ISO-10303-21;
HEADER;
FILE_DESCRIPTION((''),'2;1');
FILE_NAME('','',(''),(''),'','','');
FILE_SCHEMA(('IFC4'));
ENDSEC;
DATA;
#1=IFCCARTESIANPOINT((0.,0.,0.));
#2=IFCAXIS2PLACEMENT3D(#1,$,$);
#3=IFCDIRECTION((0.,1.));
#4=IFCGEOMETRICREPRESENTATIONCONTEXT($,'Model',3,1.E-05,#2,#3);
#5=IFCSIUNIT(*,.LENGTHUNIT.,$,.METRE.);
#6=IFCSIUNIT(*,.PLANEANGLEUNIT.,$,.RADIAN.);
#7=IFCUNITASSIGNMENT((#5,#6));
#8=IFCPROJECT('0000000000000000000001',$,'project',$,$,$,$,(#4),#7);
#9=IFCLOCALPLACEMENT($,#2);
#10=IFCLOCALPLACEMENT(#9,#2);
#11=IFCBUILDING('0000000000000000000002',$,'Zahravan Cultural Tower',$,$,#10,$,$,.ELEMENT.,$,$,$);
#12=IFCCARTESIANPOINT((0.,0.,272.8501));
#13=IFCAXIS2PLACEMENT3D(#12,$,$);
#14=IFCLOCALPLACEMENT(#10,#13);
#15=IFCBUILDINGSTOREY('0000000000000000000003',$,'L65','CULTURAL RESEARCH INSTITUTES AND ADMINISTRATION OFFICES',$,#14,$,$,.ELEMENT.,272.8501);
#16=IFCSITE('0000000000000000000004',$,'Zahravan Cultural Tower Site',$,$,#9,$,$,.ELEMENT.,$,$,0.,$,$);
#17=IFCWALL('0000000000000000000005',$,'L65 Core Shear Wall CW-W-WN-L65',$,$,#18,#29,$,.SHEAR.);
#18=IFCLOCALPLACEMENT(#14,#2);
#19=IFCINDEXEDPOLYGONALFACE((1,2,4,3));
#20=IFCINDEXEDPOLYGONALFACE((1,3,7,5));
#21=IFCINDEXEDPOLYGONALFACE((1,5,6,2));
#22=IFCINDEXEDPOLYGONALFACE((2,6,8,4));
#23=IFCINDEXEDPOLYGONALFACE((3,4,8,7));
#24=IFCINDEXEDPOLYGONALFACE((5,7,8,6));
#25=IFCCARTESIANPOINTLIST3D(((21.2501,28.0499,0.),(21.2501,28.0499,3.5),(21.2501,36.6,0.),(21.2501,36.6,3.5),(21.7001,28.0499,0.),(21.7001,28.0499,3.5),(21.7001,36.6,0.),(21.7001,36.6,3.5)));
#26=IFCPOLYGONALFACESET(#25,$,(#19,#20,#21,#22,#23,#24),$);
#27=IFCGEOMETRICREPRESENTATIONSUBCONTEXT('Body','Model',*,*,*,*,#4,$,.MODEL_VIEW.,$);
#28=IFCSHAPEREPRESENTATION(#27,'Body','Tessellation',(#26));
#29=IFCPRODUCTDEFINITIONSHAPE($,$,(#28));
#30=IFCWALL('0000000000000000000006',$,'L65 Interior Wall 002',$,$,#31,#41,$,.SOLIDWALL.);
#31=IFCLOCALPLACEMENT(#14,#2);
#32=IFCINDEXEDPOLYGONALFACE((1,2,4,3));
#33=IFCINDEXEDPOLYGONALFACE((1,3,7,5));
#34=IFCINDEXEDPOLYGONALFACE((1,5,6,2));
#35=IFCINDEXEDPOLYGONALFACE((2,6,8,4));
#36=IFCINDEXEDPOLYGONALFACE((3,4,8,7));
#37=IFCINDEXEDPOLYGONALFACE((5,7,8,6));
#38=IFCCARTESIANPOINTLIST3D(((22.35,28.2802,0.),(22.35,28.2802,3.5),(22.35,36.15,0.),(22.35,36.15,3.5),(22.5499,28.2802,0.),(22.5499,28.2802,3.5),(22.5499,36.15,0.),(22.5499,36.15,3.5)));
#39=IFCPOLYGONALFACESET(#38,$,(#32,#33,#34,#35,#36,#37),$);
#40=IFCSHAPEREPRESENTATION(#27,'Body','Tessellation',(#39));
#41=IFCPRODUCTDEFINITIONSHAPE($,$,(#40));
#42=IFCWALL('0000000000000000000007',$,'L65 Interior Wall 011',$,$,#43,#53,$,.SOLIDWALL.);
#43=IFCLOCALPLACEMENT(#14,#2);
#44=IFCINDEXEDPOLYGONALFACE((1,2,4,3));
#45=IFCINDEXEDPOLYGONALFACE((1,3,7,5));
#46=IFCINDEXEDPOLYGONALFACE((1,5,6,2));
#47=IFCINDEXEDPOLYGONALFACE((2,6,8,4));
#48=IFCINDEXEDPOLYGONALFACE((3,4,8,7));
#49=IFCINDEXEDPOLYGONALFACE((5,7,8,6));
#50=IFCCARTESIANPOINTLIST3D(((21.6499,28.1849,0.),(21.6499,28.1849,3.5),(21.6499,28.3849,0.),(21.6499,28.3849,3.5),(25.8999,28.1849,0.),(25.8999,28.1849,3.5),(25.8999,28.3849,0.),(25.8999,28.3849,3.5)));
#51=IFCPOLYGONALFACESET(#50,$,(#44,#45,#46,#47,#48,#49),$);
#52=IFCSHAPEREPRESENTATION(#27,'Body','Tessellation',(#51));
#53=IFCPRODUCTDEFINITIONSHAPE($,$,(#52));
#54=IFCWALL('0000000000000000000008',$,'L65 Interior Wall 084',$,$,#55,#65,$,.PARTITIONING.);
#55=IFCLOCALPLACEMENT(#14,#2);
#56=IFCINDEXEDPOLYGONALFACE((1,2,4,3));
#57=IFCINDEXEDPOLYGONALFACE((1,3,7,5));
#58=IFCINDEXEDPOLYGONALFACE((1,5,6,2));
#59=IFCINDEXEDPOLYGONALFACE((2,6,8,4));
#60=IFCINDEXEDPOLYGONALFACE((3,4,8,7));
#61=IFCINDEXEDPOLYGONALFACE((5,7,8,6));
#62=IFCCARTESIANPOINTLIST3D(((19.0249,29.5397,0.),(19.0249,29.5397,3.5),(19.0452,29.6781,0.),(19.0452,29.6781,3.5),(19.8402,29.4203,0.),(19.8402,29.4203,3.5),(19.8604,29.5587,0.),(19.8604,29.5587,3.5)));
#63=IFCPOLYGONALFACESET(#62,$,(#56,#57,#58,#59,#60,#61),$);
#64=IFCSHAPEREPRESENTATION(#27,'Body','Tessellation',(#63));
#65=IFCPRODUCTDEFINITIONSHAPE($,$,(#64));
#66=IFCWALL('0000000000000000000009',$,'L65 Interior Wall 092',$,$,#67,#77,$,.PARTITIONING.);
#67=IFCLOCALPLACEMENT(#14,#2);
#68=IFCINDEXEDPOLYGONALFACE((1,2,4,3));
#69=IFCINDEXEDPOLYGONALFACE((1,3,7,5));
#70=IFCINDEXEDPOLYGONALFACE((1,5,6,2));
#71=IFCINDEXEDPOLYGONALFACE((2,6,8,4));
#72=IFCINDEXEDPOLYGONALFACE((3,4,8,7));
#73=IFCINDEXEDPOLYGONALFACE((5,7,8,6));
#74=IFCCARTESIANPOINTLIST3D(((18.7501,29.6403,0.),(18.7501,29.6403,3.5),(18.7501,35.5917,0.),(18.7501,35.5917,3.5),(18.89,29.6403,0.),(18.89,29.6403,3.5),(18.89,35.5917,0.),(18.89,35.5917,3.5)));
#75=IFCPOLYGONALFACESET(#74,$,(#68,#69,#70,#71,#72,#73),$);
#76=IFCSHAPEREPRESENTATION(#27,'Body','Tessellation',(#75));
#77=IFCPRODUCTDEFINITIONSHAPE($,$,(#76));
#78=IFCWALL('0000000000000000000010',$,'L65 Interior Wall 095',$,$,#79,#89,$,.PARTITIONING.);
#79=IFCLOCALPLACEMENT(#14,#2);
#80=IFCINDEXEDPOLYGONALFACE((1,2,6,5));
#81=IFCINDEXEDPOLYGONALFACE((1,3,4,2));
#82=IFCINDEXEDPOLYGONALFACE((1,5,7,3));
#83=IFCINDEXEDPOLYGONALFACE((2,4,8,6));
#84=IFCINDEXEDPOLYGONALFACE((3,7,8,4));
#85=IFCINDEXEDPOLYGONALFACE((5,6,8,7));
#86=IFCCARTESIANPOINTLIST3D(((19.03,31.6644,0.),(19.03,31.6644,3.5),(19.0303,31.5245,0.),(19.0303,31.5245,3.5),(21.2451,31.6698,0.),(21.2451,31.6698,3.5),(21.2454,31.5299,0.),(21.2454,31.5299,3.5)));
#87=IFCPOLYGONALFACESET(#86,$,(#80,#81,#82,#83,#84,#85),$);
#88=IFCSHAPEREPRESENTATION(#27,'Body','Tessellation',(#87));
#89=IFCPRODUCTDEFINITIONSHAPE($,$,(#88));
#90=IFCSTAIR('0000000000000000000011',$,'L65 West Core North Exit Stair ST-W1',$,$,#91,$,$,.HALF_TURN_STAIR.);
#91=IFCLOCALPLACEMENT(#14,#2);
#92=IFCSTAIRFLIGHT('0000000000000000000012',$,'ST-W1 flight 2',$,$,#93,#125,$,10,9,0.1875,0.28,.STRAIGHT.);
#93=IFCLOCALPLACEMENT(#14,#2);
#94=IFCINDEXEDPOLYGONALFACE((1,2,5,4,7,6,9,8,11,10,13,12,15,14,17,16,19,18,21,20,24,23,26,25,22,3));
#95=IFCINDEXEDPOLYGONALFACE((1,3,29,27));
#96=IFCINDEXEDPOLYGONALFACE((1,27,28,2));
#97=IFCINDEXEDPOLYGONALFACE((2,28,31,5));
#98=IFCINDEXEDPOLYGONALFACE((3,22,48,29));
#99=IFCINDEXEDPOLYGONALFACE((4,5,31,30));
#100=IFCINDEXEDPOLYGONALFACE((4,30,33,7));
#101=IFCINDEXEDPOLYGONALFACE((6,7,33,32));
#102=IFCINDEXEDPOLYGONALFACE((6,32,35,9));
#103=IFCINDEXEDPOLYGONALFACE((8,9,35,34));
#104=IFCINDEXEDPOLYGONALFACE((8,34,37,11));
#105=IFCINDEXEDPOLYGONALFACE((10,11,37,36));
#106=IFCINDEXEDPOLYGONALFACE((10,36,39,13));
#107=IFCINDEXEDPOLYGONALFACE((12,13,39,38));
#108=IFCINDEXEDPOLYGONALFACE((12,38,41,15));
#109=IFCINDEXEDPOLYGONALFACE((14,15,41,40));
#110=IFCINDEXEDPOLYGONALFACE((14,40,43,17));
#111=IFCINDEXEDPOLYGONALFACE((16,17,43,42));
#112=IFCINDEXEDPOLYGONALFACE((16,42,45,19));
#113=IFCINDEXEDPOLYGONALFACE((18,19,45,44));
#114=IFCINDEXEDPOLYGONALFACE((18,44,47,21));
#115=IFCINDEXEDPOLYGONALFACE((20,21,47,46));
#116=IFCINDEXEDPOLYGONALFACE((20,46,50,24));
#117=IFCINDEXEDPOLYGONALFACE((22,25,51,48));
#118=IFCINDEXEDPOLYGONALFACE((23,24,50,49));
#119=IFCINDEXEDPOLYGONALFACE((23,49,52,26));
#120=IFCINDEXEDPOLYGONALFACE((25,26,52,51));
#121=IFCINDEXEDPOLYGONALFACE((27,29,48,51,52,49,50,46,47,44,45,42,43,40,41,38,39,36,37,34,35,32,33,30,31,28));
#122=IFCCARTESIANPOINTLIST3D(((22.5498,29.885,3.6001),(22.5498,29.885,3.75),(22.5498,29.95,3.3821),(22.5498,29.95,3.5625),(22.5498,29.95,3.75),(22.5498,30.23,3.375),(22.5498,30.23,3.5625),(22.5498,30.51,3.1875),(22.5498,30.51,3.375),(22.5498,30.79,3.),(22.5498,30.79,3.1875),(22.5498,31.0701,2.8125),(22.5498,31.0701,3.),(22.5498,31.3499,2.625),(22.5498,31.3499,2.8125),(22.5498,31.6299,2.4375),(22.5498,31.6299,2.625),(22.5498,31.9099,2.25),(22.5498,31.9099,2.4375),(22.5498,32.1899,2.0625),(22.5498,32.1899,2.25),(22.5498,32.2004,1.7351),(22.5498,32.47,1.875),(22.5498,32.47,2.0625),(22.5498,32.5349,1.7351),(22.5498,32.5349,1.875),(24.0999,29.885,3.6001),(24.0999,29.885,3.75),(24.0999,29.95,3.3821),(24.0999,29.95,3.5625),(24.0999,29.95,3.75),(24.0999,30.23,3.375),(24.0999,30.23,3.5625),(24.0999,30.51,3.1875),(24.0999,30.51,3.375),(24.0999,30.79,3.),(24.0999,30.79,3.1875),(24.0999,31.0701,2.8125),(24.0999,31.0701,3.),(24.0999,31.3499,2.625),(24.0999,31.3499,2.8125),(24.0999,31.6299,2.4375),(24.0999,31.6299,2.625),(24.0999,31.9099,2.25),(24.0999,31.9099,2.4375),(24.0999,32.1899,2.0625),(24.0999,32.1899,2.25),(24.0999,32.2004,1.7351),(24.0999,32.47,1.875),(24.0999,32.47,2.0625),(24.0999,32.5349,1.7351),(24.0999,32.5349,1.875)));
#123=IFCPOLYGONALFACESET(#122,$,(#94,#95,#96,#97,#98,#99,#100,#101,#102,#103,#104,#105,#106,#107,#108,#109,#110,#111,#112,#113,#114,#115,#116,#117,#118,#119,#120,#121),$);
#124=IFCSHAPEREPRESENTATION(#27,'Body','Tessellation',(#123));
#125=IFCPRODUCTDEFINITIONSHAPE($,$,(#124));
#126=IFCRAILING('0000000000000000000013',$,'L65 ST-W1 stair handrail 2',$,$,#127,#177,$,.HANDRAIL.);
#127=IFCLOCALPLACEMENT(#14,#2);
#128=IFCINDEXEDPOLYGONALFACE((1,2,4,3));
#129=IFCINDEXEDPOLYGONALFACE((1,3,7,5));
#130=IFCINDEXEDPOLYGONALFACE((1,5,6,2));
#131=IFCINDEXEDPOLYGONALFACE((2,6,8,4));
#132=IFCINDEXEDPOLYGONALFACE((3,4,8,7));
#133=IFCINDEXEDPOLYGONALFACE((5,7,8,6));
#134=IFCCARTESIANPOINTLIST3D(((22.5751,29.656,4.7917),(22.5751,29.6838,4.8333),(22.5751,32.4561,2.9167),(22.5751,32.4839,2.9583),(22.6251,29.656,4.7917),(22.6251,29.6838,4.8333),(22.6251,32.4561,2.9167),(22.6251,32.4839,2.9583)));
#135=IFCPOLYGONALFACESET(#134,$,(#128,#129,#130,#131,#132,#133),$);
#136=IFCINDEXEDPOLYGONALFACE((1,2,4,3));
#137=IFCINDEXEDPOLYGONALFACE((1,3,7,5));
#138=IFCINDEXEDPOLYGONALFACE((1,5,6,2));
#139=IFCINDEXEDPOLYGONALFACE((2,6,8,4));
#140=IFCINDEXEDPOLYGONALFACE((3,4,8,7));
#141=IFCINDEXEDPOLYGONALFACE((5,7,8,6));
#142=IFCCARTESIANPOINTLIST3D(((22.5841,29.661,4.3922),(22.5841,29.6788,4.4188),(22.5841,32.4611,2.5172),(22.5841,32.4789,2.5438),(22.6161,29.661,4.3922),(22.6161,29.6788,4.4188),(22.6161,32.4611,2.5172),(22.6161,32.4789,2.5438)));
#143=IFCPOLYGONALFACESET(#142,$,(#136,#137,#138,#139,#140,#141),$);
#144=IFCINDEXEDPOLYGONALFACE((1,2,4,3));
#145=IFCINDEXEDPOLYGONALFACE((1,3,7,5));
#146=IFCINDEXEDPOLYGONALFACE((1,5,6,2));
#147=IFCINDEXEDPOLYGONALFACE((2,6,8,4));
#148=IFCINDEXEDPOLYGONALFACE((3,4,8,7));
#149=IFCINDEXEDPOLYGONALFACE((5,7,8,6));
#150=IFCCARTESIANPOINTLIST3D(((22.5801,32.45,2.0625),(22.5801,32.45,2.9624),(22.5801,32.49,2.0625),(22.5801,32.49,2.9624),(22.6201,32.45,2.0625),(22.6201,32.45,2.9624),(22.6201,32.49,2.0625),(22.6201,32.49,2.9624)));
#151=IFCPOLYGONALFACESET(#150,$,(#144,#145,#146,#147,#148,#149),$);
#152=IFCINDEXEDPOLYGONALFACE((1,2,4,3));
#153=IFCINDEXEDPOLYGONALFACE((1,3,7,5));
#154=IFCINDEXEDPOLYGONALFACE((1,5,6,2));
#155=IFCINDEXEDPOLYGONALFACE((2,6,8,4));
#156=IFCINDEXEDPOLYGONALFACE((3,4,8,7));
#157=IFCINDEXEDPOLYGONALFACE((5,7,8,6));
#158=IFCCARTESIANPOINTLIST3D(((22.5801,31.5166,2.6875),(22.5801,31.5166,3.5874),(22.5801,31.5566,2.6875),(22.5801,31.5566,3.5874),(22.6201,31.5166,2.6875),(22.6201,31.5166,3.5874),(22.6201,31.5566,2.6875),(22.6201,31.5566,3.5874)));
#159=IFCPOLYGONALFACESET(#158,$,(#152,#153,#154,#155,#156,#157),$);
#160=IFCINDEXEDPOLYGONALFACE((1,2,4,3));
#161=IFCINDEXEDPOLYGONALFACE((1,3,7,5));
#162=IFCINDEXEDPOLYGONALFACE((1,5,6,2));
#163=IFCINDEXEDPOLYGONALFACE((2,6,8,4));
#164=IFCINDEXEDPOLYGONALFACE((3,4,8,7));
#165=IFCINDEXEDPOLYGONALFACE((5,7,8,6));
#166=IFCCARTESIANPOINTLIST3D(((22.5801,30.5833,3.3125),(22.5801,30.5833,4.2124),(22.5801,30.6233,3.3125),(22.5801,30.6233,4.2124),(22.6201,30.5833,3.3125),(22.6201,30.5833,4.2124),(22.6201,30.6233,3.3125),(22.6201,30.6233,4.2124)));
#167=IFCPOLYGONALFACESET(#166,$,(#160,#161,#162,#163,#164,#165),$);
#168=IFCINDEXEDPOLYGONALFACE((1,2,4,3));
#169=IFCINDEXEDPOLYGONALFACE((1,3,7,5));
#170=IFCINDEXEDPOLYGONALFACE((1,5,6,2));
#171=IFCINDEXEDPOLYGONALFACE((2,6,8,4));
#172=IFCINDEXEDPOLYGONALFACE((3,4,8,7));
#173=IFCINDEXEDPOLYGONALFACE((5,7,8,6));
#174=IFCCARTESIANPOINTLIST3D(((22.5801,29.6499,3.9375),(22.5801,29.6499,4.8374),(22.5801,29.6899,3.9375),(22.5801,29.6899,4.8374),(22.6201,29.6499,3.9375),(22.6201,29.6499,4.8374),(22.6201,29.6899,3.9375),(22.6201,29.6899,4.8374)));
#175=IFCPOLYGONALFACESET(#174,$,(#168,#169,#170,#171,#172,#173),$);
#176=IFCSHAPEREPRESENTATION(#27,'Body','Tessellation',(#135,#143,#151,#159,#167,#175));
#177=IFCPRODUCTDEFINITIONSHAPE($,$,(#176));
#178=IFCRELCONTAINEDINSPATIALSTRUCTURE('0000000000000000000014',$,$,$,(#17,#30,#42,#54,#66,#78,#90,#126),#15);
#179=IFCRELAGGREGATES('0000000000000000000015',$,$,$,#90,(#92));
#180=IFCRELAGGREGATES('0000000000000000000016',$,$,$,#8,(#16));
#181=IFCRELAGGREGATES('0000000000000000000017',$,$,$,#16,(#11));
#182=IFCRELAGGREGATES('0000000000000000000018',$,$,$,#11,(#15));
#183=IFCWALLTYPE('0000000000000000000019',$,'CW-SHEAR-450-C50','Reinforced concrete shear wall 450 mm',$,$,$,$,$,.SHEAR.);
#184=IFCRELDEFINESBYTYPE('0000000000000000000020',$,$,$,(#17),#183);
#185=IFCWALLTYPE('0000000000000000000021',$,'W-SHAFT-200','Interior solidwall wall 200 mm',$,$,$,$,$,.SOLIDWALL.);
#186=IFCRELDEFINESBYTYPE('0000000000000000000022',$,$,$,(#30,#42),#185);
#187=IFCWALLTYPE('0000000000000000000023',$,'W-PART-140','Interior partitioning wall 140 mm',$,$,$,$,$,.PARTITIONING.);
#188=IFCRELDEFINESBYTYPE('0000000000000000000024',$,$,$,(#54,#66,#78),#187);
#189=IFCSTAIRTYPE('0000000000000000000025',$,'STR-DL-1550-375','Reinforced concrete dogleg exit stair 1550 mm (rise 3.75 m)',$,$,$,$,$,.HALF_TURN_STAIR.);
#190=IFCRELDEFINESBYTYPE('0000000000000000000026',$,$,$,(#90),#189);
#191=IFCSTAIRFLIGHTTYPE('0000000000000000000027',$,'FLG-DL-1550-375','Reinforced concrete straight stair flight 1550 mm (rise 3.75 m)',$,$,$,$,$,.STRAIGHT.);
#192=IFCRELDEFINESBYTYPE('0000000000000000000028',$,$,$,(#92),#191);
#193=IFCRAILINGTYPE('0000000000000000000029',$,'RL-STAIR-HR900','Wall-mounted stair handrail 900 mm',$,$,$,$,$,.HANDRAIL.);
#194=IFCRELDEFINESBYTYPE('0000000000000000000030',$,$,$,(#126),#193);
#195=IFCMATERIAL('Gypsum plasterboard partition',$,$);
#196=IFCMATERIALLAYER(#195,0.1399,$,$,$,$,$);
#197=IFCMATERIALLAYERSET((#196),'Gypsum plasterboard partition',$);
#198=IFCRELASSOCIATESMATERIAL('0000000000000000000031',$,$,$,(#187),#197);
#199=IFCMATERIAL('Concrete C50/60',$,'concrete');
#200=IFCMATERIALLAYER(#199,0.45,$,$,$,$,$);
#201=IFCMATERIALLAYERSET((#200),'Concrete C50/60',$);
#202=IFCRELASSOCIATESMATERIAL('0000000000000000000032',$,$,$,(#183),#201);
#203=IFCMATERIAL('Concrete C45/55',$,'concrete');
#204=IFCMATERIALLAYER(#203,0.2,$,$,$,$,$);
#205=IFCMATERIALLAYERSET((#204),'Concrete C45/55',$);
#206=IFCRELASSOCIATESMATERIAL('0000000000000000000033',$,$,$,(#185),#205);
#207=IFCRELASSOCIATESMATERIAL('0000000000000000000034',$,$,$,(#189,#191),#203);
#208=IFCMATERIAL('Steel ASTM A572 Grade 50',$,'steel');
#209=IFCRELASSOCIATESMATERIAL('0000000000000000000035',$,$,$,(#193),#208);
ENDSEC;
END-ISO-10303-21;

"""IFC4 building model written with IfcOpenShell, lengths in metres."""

from ifc_helpers import new_model, si_unit, direction, frame, frame_2d, origin, origin_2d, place, context, subcontext, project, spatial, polyline, rectangle, outline, extrude, source, transform, mapped, material, layer, layer_set, type_object, element, aggregate, save


model = new_model("IFC4")

# Units and contexts
model_context = context("Model", 3, precision=1e-05, world=origin(), true_north=direction((0.0, 1.0)))
body_context = subcontext(model_context, "Body", "Model", "MODEL_VIEW")
ifc_project = project(units=[si_unit("LENGTHUNIT", "METRE"), si_unit("PLANEANGLEUNIT", "RADIAN")], contexts=[model_context])

# Site, building, storey
site_placement = place(None, origin())
site = spatial("IfcSite", under=ifc_project, at=site_placement, Name="Zahravan Cultural Tower Site", CompositionType="ELEMENT", RefElevation=0.0)
building_placement = place(site_placement, origin())
building = spatial("IfcBuilding", under=site, at=building_placement, Name="Zahravan Cultural Tower", CompositionType="ELEMENT")
storey_placement = place(building_placement, frame((0.0, 0.0, 272.8501)))
storey = spatial("IfcBuildingStorey", under=building, at=storey_placement, Name="L65", Description="CULTURAL RESEARCH INSTITUTES AND ADMINISTRATION OFFICES", CompositionType="ELEMENT", Elevation=272.8501)

# Shared definitions
ifc_material_1 = material(Name="Gypsum plasterboard partition")
ifc_layer_1 = layer(ifc_material_1, 0.1399)
ifc_layer_set_1 = layer_set([ifc_layer_1], Name="Gypsum plasterboard partition")
wall_type_1 = type_object("IfcWallType", Name="W-PART-140", Description="Interior partitioning wall 140 mm", PredefinedType="PARTITIONING", material=ifc_layer_set_1)

# Walls
ifc_material_2 = material(Name="Concrete C50/60", Category="concrete")
ifc_layer_2 = layer(ifc_material_2, 0.45)
ifc_layer_set_2 = layer_set([ifc_layer_2], Name="Concrete C50/60")
wall_type_2 = type_object("IfcWallType", Name="CW-SHEAR-450-C50", Description="Reinforced concrete shear wall 450 mm", PredefinedType="SHEAR", material=ifc_layer_set_2)
shared_shape_1 = source(origin(), body_context, "Body", "SweptSolid", [
    extrude(rectangle(XDim=8.55, YDim=0.45, at=frame_2d((4.2749, 0.0))), origin(), (0.0, 0.0, 1.0), 3.5),
])
wall_1_placement = place(storey_placement, frame((21.4751, 28.05, 0.0), z_axis=(0.0, 0.0, 1.0), x_axis=(0.0, 1.0, 0.0)))
element("IfcWall", 1, at=wall_1_placement, inside=storey, type_object=wall_type_2, Name="L65 Core Shear Wall CW-W-WN-L65", PredefinedType="SHEAR", context=body_context, shape_type="MappedRepresentation", body=[
    mapped(shared_shape_1, transform((0.0, 0.0, 0.0), x_axis=(1.0, 0.0, 0.0), y_axis=(0.0, 1.0, 0.0), z_axis=(0.0, 0.0, 1.0), scale=1.0)),
])
ifc_material_3 = material(Name="Concrete C45/55", Category="concrete")
ifc_layer_3 = layer(ifc_material_3, 0.2)
ifc_layer_set_3 = layer_set([ifc_layer_3], Name="Concrete C45/55")
wall_type_3 = type_object("IfcWallType", Name="W-SHAFT-200", Description="Interior solidwall wall 200 mm", PredefinedType="SOLIDWALL", material=ifc_layer_set_3)
shared_shape_2 = source(origin(), body_context, "Body", "SweptSolid", [
    extrude(rectangle(XDim=7.8699, YDim=0.2, at=frame_2d((3.9351, 0.0))), origin(), (0.0, 0.0, 1.0), 3.5),
])
wall_2_placement = place(storey_placement, frame((22.45, 28.28, 0.0), z_axis=(0.0, 0.0, 1.0), x_axis=(0.0, 1.0, 0.0)))
element("IfcWall", 2, at=wall_2_placement, inside=storey, type_object=wall_type_3, Name="L65 Interior Wall 002", PredefinedType="SOLIDWALL", context=body_context, shape_type="MappedRepresentation", body=[
    mapped(shared_shape_2, transform((0.0, 0.0, 0.0), x_axis=(1.0, 0.0, 0.0), y_axis=(0.0, 1.0, 0.0), z_axis=(0.0, 0.0, 1.0), scale=1.0)),
])
shared_shape_3 = source(origin(), body_context, "Body", "SweptSolid", [
    extrude(rectangle(XDim=4.25, YDim=0.2, at=frame_2d((2.125, 0.0))), origin(), (0.0, 0.0, 1.0), 3.5),
])
wall_3_placement = place(storey_placement, frame((21.6499, 28.2849, 0.0), z_axis=(0.0, 0.0, 1.0), x_axis=(1.0, 0.0, 0.0)))
element("IfcWall", 3, at=wall_3_placement, inside=storey, type_object=wall_type_3, Name="L65 Interior Wall 011", PredefinedType="SOLIDWALL", context=body_context, shape_type="MappedRepresentation", body=[
    mapped(shared_shape_3, transform((0.0, 0.0, 0.0), x_axis=(1.0, 0.0, 0.0), y_axis=(0.0, 1.0, 0.0), z_axis=(0.0, 0.0, 1.0), scale=1.0)),
])
shared_shape_4 = source(origin(), body_context, "Body", "SweptSolid", [
    extrude(rectangle(XDim=0.824, YDim=0.1399, at=frame_2d((0.4121, 0.0))), origin(), (0.0, 0.0, 1.0), 3.5),
])
wall_4_placement = place(storey_placement, frame((19.0349, 29.6089, 0.0), z_axis=(0.0, 0.0, 1.0), x_axis=(0.989446, -0.144905, 0.0)))
element("IfcWall", 4, at=wall_4_placement, inside=storey, type_object=wall_type_1, Name="L65 Interior Wall 084", PredefinedType="PARTITIONING", context=body_context, shape_type="MappedRepresentation", body=[
    mapped(shared_shape_4, transform((0.0, 0.0, 0.0), x_axis=(1.0, 0.0, 0.0), y_axis=(0.0, 1.0, 0.0), z_axis=(0.0, 0.0, 1.0), scale=1.0)),
])
shared_shape_5 = source(origin(), body_context, "Body", "SweptSolid", [
    extrude(rectangle(XDim=5.9514, YDim=0.1399, at=frame_2d((2.9756, 0.0))), origin(), (0.0, 0.0, 1.0), 3.5),
])
wall_5_placement = place(storey_placement, frame((18.8201, 29.6404, 0.0), z_axis=(0.0, 0.0, 1.0), x_axis=(0.0, 1.0, 0.0)))
element("IfcWall", 5, at=wall_5_placement, inside=storey, type_object=wall_type_1, Name="L65 Interior Wall 092", PredefinedType="PARTITIONING", context=body_context, shape_type="MappedRepresentation", body=[
    mapped(shared_shape_5, transform((0.0, 0.0, 0.0), x_axis=(1.0, 0.0, 0.0), y_axis=(0.0, 1.0, 0.0), z_axis=(0.0, 0.0, 1.0), scale=1.0)),
])
shared_shape_6 = source(origin(), body_context, "Body", "SweptSolid", [
    extrude(rectangle(XDim=2.2151, YDim=0.1399, at=frame_2d((1.1074, 0.0))), origin(), (0.0, 0.0, 1.0), 3.5),
])
wall_6_placement = place(storey_placement, frame((21.2451, 31.5999, 0.0), z_axis=(0.0, 0.0, 1.0), x_axis=(-0.999997, -0.002425, 0.0)))
element("IfcWall", 6, at=wall_6_placement, inside=storey, type_object=wall_type_1, Name="L65 Interior Wall 095", PredefinedType="PARTITIONING", context=body_context, shape_type="MappedRepresentation", body=[
    mapped(shared_shape_6, transform((0.0, 0.0, 0.0), x_axis=(1.0, 0.0, 0.0), y_axis=(0.0, 1.0, 0.0), z_axis=(0.0, 0.0, 1.0), scale=1.0)),
])

# Stair, stair flight
stair_type = type_object("IfcStairType", Name="STR-DL-1550-375", Description="Reinforced concrete dogleg exit stair 1550 mm (rise 3.75 m)", PredefinedType="HALF_TURN_STAIR", material=ifc_material_3)
stair_placement = place(storey_placement, origin())
stair = element("IfcStair", 7, at=stair_placement, inside=storey, type_object=stair_type, Name="L65 West Core North Exit Stair ST-W1", PredefinedType="HALF_TURN_STAIR")
stair_flight_type = type_object("IfcStairFlightType", Name="FLG-DL-1550-375", Description="Reinforced concrete straight stair flight 1550 mm (rise 3.75 m)", PredefinedType="STRAIGHT", material=ifc_material_3)
stair_flight_placement = place(storey_placement, frame((23.325, 32.47, 1.875), z_axis=(0.0, 0.0, 1.0), x_axis=(0.0, -1.0, 0.0)))
stair_flight = element("IfcStairFlight", 8, at=stair_flight_placement, type_object=stair_flight_type, Name="ST-W1 flight 2", NumberOfRisers=10, NumberOfTreads=9, PredefinedType="STRAIGHT", RiserHeight=0.1875, TreadLength=0.28, context=body_context, shape_type="SweptSolid", body=[
    extrude(outline(polyline([(-0.0649, -0.1399), (-0.0649, 0.0), (0.0, 0.0), (0.0, 0.1875), (0.28, 0.1875), (0.28, 0.375), (0.5601, 0.375), (0.5601, 0.5625), (0.8401, 0.5625), (0.8401, 0.75), (1.1201, 0.75), (1.1201, 0.9375), (1.3999, 0.9375), (1.3999, 1.125), (1.6799, 1.125), (1.6799, 1.3125), (1.96, 1.3125), (1.96, 1.5), (2.24, 1.5), (2.24, 1.6875), (2.52, 1.6875), (2.52, 1.875), (2.585, 1.875), (2.585, 1.7251), (2.52, 1.5071), (0.2695, -0.1399), (-0.0649, -0.1399)])), frame((0.0, 0.7749, 0.0), z_axis=(0.0, -1.0, 0.0), x_axis=(1.0, 0.0, 0.0)), (0.0, 0.0, 1.0), 1.55),
])
aggregate(stair, [stair_flight])

# Railing
ifc_material_4 = material(Name="Steel ASTM A572 Grade 50", Category="steel")
railing_type = type_object("IfcRailingType", Name="RL-STAIR-HR900", Description="Wall-mounted stair handrail 900 mm", PredefinedType="HANDRAIL", material=ifc_material_4)
railing_placement = place(storey_placement, frame((22.6001, 32.47, 2.0625)))
element("IfcRailing", 9, at=railing_placement, inside=storey, type_object=railing_type, Name="L65 ST-W1 stair handrail 2", PredefinedType="HANDRAIL", context=body_context, shape_type="SweptSolid", body=[
    extrude(rectangle(XDim=0.05, YDim=0.05, at=origin_2d()), frame((0.0, 0.0, 0.875), z_axis=(0.0, -0.830912, 0.556404), x_axis=(1.0, 0.0, 0.0)), (0.0, 0.0, 1.0), 3.3699),
    extrude(rectangle(XDim=0.032, YDim=0.032, at=origin_2d()), frame((0.0, 0.0, 0.468), z_axis=(0.0, -0.830912, 0.556404), x_axis=(1.0, 0.0, 0.0)), (0.0, 0.0, 1.0), 3.3699),
    extrude(rectangle(XDim=0.04, YDim=0.04, at=origin_2d()), origin(), (0.0, 0.0, 1.0), 0.8999),
    extrude(rectangle(XDim=0.04, YDim=0.04, at=origin_2d()), frame((0.0, -0.9333, 0.625)), (0.0, 0.0, 1.0), 0.8999),
    extrude(rectangle(XDim=0.04, YDim=0.04, at=origin_2d()), frame((0.0, -1.8667, 1.25)), (0.0, 0.0, 1.0), 0.8999),
    extrude(rectangle(XDim=0.04, YDim=0.04, at=origin_2d()), frame((0.0, -2.8, 1.875)), (0.0, 0.0, 1.0), 0.8999),
])

save(model, "model.ifc")
